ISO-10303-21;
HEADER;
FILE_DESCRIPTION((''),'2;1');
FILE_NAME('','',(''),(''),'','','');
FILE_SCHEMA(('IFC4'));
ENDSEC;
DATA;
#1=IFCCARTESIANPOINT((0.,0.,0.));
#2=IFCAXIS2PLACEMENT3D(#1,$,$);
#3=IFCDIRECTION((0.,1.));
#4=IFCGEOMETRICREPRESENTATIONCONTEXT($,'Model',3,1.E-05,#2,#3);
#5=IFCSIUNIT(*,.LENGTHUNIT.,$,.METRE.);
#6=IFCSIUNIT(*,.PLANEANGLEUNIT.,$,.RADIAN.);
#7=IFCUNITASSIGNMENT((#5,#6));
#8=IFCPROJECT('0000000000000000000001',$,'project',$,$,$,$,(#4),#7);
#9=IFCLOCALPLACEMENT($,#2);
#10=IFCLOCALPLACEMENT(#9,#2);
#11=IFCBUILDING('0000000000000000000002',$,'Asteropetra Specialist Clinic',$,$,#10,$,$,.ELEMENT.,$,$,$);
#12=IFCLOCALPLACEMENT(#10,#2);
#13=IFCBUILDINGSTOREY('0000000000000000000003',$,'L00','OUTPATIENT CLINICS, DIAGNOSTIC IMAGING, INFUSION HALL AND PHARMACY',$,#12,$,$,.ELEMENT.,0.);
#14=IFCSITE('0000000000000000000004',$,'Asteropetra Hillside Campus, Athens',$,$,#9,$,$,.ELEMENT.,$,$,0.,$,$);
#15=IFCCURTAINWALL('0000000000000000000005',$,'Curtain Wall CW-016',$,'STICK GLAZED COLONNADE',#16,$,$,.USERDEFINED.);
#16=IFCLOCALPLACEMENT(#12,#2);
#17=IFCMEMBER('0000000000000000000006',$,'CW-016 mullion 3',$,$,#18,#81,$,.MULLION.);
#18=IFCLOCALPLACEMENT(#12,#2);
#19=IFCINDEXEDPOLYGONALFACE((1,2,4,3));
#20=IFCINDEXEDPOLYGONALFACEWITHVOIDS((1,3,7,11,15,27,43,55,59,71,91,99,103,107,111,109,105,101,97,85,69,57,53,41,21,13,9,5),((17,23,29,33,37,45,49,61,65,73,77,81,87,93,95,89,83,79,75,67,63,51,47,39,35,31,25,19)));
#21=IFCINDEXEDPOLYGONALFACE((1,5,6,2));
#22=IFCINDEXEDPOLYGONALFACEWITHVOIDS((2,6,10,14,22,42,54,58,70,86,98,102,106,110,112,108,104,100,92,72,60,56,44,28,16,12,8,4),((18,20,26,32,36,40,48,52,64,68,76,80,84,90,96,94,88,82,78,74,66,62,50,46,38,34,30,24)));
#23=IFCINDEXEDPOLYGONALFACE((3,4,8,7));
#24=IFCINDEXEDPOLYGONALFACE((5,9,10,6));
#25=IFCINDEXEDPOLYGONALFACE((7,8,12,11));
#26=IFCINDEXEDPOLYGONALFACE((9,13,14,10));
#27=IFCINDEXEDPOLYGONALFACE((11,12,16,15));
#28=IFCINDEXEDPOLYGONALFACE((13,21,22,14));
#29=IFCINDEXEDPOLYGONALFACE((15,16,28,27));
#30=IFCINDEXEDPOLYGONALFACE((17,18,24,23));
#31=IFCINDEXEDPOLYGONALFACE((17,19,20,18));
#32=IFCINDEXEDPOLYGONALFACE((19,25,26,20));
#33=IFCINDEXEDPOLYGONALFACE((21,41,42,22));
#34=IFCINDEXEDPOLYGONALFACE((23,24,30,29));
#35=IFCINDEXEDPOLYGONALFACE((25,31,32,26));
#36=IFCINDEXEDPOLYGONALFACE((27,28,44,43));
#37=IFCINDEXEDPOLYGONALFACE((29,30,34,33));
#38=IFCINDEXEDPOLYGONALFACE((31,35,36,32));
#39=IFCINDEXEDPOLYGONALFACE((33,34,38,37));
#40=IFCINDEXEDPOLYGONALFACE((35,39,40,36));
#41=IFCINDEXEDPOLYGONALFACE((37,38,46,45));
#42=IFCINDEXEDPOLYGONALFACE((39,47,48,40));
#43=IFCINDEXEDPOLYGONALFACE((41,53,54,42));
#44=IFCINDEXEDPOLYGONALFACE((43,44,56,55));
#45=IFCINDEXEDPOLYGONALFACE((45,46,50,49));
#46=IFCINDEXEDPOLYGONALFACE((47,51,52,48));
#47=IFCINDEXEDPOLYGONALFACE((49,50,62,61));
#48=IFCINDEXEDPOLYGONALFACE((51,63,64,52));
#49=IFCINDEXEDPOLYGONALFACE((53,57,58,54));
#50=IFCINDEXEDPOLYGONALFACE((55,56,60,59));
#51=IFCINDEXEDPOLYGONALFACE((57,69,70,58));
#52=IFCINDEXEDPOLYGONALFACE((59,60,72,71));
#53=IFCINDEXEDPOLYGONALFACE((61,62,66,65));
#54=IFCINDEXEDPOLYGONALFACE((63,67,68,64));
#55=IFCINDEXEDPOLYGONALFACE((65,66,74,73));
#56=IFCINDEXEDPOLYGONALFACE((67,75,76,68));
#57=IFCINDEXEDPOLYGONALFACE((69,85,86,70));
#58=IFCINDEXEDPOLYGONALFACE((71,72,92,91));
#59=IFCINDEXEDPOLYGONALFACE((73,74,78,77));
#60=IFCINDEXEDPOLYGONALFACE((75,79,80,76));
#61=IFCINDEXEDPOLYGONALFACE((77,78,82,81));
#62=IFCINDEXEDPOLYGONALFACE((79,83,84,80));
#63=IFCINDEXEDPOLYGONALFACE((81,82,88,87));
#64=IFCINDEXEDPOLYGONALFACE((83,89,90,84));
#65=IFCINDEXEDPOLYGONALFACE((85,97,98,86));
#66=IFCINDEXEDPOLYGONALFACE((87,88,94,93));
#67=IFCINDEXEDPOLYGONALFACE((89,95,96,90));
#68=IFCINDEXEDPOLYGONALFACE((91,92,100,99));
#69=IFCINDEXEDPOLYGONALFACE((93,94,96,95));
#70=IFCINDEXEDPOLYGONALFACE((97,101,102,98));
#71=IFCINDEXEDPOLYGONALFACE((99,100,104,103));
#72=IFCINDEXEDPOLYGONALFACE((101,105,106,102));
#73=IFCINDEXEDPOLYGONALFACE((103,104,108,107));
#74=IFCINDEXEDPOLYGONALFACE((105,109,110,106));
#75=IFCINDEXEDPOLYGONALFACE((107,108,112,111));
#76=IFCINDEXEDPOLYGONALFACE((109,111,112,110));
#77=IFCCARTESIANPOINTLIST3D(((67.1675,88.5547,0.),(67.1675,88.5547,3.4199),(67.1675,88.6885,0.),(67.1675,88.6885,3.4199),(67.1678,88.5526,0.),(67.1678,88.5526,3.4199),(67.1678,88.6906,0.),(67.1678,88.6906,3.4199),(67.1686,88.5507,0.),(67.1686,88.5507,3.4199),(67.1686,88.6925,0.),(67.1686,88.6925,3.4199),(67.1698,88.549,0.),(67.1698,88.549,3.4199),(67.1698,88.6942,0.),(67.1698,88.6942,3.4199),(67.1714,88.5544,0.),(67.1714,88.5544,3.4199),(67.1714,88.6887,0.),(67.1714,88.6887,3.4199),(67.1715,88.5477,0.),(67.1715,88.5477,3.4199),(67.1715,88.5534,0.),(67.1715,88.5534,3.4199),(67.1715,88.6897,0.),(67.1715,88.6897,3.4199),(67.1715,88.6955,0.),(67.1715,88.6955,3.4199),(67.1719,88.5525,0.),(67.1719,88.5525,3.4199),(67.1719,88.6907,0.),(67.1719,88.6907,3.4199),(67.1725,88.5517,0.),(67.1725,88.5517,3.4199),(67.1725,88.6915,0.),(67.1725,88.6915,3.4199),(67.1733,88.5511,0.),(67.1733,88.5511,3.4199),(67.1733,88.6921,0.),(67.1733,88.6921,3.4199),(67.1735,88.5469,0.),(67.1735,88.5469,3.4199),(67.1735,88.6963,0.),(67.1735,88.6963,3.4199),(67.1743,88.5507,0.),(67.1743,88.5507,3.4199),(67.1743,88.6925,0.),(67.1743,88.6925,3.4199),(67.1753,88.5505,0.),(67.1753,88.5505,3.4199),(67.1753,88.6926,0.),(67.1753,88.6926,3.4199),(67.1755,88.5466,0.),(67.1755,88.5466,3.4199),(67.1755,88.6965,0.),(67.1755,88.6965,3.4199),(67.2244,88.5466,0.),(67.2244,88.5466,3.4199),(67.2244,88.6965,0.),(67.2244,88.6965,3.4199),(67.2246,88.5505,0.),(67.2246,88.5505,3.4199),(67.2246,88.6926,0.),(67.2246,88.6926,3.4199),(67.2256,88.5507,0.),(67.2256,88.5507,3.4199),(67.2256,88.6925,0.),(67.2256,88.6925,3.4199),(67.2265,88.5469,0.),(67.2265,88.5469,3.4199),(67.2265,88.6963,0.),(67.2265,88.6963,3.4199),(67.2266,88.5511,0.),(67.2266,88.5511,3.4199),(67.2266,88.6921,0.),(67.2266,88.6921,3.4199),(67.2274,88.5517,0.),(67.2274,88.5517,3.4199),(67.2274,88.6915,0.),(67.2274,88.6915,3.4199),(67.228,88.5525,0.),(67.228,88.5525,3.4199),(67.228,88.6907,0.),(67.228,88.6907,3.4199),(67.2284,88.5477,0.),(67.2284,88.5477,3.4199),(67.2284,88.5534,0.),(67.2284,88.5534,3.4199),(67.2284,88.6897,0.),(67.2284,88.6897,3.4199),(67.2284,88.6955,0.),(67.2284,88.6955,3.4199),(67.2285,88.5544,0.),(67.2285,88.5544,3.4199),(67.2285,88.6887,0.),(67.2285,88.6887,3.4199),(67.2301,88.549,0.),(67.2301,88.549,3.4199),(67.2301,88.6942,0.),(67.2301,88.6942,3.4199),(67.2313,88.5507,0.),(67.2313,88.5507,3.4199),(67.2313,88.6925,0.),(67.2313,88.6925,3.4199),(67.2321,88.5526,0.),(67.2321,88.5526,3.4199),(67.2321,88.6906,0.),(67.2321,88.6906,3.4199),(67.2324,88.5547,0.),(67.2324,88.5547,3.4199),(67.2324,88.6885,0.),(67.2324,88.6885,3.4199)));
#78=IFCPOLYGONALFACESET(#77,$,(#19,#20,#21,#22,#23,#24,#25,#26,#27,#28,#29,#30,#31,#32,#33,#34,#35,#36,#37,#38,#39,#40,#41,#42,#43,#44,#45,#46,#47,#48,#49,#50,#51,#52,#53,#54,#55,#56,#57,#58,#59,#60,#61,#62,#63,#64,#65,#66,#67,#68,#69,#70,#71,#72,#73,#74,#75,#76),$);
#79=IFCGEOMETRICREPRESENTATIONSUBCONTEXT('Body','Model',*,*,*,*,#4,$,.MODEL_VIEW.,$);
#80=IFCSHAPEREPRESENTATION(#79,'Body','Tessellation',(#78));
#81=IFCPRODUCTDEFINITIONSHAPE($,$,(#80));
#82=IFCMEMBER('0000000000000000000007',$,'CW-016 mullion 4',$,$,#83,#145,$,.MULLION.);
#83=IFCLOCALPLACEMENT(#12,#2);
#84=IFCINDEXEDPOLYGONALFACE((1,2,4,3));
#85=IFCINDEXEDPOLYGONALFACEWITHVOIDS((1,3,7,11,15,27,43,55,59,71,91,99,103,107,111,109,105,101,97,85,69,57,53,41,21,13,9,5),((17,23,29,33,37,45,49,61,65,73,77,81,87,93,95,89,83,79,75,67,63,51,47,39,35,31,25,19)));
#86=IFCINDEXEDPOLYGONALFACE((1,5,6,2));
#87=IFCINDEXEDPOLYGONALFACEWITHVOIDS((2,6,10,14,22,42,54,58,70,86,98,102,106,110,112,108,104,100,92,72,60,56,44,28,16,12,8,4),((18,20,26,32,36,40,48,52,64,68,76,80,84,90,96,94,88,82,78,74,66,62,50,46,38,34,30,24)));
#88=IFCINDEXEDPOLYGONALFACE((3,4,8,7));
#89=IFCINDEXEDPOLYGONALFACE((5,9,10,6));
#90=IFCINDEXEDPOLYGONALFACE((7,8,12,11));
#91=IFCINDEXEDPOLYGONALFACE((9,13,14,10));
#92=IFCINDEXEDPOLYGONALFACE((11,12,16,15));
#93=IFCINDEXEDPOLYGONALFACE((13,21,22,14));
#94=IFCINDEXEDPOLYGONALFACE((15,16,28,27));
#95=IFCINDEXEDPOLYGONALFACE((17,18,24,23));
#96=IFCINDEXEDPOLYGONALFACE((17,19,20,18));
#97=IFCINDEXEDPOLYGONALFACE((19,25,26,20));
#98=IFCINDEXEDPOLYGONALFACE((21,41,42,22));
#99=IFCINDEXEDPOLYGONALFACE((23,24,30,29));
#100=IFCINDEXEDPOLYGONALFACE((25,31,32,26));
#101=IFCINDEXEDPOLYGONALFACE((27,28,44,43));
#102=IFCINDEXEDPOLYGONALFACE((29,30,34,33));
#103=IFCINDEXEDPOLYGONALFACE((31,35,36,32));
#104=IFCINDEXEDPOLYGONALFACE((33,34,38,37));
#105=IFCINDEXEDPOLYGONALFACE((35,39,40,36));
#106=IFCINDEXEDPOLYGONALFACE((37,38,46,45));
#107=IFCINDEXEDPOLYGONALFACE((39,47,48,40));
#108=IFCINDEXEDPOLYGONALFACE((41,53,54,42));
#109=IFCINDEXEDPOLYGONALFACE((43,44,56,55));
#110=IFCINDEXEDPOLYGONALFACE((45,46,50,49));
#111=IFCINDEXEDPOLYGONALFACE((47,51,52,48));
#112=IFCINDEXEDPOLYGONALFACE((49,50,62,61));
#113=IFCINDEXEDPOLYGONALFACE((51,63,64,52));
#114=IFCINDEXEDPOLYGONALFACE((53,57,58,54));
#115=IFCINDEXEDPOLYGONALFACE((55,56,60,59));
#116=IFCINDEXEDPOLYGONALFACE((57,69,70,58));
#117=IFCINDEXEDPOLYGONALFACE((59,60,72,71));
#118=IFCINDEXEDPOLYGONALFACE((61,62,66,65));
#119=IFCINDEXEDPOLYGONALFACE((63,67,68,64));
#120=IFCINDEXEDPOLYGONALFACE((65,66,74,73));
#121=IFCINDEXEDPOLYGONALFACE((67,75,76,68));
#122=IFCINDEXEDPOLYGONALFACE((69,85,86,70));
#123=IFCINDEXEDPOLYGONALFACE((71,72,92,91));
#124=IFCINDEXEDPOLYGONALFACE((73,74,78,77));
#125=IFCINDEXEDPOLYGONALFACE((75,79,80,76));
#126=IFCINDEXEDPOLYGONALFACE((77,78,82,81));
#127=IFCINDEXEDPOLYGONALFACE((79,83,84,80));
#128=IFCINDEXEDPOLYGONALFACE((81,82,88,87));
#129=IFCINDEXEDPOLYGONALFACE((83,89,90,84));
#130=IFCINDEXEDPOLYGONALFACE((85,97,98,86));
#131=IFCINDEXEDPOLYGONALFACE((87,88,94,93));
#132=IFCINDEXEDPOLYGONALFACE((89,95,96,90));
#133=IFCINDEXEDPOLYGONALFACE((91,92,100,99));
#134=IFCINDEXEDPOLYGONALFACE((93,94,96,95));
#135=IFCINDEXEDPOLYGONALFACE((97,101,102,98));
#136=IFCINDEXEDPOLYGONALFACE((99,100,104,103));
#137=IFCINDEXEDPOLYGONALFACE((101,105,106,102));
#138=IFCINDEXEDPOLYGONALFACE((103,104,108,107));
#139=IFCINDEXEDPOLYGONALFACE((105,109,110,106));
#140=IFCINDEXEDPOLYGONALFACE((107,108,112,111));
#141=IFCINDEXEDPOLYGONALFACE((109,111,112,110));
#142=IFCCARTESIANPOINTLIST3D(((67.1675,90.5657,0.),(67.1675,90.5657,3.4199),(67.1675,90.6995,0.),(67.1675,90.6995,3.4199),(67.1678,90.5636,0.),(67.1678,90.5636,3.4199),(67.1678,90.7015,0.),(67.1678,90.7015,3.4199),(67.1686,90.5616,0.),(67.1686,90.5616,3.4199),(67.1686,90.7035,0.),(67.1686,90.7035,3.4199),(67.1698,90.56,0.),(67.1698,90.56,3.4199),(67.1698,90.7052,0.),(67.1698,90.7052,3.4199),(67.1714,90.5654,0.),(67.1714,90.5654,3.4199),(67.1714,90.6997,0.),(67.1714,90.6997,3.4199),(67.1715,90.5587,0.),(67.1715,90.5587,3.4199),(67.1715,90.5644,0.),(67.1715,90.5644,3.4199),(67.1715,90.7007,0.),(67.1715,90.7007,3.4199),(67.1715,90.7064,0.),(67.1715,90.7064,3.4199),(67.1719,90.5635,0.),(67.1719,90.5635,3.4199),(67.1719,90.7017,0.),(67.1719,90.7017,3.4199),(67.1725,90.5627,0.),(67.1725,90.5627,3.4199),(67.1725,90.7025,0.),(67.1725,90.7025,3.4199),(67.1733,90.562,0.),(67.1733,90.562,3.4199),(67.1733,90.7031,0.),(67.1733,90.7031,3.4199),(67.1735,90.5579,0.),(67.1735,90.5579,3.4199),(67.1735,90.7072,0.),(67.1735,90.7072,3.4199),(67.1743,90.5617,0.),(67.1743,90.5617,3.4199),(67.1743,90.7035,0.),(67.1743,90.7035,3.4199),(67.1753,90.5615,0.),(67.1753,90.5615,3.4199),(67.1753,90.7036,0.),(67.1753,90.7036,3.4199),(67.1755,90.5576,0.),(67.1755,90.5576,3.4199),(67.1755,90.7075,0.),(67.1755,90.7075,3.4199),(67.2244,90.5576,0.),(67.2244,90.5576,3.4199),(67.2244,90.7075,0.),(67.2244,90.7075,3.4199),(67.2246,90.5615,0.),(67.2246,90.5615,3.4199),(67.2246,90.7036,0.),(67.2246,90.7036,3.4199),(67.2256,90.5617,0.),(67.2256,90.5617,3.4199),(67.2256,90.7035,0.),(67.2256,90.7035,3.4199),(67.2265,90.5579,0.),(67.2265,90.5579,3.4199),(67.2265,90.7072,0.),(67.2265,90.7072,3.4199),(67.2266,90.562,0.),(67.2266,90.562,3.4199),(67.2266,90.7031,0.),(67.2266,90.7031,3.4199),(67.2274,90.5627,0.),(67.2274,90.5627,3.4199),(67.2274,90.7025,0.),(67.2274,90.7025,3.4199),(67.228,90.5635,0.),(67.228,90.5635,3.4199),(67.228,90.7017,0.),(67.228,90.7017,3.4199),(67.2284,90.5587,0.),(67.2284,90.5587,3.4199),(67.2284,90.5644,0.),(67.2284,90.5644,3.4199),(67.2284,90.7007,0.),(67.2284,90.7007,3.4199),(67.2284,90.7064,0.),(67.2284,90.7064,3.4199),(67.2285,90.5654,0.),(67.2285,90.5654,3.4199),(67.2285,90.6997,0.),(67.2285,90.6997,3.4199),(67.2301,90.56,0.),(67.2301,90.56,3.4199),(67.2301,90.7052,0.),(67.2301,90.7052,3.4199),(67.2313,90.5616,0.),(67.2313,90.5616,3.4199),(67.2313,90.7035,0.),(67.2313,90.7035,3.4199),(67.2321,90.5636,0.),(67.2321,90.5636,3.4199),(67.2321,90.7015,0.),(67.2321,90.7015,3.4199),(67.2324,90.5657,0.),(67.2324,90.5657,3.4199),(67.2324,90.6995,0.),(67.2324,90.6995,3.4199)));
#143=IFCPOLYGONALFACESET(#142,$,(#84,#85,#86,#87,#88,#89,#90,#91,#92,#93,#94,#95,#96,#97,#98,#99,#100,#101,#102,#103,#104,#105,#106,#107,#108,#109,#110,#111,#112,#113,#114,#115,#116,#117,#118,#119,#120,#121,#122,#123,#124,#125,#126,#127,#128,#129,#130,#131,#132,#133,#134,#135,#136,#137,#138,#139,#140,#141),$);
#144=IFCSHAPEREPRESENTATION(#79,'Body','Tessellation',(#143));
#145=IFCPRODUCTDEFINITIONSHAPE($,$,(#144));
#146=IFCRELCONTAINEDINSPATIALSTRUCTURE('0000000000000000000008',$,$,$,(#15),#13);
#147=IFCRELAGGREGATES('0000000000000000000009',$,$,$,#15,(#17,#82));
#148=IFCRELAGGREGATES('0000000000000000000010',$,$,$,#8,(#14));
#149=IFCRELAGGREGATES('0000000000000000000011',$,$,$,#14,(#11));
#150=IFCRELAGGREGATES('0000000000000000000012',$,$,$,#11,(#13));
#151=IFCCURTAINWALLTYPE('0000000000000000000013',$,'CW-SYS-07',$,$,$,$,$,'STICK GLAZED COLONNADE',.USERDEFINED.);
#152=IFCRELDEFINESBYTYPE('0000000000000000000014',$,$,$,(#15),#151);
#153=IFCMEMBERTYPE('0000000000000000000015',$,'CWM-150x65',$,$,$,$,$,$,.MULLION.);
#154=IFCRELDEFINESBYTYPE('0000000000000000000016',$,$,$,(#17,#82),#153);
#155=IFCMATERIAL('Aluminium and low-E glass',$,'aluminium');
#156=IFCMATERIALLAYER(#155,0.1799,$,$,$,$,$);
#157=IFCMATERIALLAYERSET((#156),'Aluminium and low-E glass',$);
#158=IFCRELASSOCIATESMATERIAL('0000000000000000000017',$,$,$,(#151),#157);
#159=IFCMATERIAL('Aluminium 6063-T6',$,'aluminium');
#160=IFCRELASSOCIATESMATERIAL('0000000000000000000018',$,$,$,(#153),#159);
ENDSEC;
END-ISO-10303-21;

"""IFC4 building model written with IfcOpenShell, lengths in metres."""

from ifc_helpers import new_model, si_unit, direction, frame, origin, origin_2d, place, context, subcontext, project, spatial, hollow_rectangle, extrude, material, layer, layer_set, material_profile, profile_set, type_object, element, aggregate, save


model = new_model("IFC4")

# Units and contexts
model_context = context("Model", 3, precision=1e-05, world=origin(), true_north=direction((0.0, 1.0)))
body_context = subcontext(model_context, "Body", "Model", "MODEL_VIEW")
ifc_project = project(units=[si_unit("LENGTHUNIT", "METRE"), si_unit("PLANEANGLEUNIT", "RADIAN")], contexts=[model_context])

# Site, building, storey
site_placement = place(None, origin())
site = spatial("IfcSite", under=ifc_project, at=site_placement, Name="Asteropetra Hillside Campus, Athens", CompositionType="ELEMENT", RefElevation=0.0)
building_placement = place(site_placement, origin())
building = spatial("IfcBuilding", under=site, at=building_placement, Name="Asteropetra Specialist Clinic", CompositionType="ELEMENT")
storey_placement = place(building_placement, origin())
storey = spatial("IfcBuildingStorey", under=building, at=storey_placement, Name="L00", Description="OUTPATIENT CLINICS, DIAGNOSTIC IMAGING, INFUSION HALL AND PHARMACY", CompositionType="ELEMENT", Elevation=0.0)

# Curtain wall, members
ifc_material_1 = material(Name="Aluminium and low-E glass", Category="aluminium")
ifc_layer_1 = layer(ifc_material_1, 0.1799)
ifc_layer_set_1 = layer_set([ifc_layer_1], Name="Aluminium and low-E glass")
curtain_wall_type_1 = type_object("IfcCurtainWallType", Name="CW-SYS-07", ElementType="STICK GLAZED COLONNADE", PredefinedType="USERDEFINED", material=ifc_layer_set_1)
curtain_wall_1_placement = place(storey_placement, origin())
curtain_wall_1 = element("IfcCurtainWall", 1, at=curtain_wall_1_placement, inside=storey, type_object=curtain_wall_type_1, Name="Curtain Wall CW-016", ObjectType="STICK GLAZED COLONNADE", PredefinedType="USERDEFINED")
ifc_material_2 = material(Name="Aluminium 6063-T6", Category="aluminium")
ifc_material_profile_1 = material_profile(ifc_material_2, hollow_rectangle(XDim=0.0649, YDim=0.1499, WallThickness=0.0039, InnerFilletRadius=0.0039, OuterFilletRadius=0.0081, at=origin_2d()), Name="MUL 150x65x4.0")
ifc_profile_set_1 = profile_set([ifc_material_profile_1], Name="Aluminium 6063-T6")
member_type_1 = type_object("IfcMemberType", Name="CWM-150x65", PredefinedType="MULLION", material=ifc_profile_set_1)
member_1_placement = place(storey_placement, frame((67.2, 88.6216, 0.0), z_axis=(0.0, 0.0, 1.0), x_axis=(-1.0, 0.0, 0.0)))
member_1 = element("IfcMember", 2, at=member_1_placement, type_object=member_type_1, Name="CW-016 mullion 3", PredefinedType="MULLION", context=body_context, shape_type="SweptSolid", body=[
    extrude(hollow_rectangle(XDim=0.0649, YDim=0.1499, WallThickness=0.0039, InnerFilletRadius=0.0039, OuterFilletRadius=0.0081, at=origin_2d()), origin(), (0.0, 0.0, 1.0), 3.4199),
])
member_2_placement = place(storey_placement, frame((67.2, 90.6326, 0.0), z_axis=(0.0, 0.0, 1.0), x_axis=(-1.0, 0.0, 0.0)))
member_2 = element("IfcMember", 3, at=member_2_placement, type_object=member_type_1, Name="CW-016 mullion 4", PredefinedType="MULLION", context=body_context, shape_type="SweptSolid", body=[
    extrude(hollow_rectangle(XDim=0.0649, YDim=0.1499, WallThickness=0.0039, InnerFilletRadius=0.0039, OuterFilletRadius=0.0081, at=origin_2d()), origin(), (0.0, 0.0, 1.0), 3.4199),
])

aggregate(curtain_wall_1, [member_1, member_2])

save(model, "model.ifc")
